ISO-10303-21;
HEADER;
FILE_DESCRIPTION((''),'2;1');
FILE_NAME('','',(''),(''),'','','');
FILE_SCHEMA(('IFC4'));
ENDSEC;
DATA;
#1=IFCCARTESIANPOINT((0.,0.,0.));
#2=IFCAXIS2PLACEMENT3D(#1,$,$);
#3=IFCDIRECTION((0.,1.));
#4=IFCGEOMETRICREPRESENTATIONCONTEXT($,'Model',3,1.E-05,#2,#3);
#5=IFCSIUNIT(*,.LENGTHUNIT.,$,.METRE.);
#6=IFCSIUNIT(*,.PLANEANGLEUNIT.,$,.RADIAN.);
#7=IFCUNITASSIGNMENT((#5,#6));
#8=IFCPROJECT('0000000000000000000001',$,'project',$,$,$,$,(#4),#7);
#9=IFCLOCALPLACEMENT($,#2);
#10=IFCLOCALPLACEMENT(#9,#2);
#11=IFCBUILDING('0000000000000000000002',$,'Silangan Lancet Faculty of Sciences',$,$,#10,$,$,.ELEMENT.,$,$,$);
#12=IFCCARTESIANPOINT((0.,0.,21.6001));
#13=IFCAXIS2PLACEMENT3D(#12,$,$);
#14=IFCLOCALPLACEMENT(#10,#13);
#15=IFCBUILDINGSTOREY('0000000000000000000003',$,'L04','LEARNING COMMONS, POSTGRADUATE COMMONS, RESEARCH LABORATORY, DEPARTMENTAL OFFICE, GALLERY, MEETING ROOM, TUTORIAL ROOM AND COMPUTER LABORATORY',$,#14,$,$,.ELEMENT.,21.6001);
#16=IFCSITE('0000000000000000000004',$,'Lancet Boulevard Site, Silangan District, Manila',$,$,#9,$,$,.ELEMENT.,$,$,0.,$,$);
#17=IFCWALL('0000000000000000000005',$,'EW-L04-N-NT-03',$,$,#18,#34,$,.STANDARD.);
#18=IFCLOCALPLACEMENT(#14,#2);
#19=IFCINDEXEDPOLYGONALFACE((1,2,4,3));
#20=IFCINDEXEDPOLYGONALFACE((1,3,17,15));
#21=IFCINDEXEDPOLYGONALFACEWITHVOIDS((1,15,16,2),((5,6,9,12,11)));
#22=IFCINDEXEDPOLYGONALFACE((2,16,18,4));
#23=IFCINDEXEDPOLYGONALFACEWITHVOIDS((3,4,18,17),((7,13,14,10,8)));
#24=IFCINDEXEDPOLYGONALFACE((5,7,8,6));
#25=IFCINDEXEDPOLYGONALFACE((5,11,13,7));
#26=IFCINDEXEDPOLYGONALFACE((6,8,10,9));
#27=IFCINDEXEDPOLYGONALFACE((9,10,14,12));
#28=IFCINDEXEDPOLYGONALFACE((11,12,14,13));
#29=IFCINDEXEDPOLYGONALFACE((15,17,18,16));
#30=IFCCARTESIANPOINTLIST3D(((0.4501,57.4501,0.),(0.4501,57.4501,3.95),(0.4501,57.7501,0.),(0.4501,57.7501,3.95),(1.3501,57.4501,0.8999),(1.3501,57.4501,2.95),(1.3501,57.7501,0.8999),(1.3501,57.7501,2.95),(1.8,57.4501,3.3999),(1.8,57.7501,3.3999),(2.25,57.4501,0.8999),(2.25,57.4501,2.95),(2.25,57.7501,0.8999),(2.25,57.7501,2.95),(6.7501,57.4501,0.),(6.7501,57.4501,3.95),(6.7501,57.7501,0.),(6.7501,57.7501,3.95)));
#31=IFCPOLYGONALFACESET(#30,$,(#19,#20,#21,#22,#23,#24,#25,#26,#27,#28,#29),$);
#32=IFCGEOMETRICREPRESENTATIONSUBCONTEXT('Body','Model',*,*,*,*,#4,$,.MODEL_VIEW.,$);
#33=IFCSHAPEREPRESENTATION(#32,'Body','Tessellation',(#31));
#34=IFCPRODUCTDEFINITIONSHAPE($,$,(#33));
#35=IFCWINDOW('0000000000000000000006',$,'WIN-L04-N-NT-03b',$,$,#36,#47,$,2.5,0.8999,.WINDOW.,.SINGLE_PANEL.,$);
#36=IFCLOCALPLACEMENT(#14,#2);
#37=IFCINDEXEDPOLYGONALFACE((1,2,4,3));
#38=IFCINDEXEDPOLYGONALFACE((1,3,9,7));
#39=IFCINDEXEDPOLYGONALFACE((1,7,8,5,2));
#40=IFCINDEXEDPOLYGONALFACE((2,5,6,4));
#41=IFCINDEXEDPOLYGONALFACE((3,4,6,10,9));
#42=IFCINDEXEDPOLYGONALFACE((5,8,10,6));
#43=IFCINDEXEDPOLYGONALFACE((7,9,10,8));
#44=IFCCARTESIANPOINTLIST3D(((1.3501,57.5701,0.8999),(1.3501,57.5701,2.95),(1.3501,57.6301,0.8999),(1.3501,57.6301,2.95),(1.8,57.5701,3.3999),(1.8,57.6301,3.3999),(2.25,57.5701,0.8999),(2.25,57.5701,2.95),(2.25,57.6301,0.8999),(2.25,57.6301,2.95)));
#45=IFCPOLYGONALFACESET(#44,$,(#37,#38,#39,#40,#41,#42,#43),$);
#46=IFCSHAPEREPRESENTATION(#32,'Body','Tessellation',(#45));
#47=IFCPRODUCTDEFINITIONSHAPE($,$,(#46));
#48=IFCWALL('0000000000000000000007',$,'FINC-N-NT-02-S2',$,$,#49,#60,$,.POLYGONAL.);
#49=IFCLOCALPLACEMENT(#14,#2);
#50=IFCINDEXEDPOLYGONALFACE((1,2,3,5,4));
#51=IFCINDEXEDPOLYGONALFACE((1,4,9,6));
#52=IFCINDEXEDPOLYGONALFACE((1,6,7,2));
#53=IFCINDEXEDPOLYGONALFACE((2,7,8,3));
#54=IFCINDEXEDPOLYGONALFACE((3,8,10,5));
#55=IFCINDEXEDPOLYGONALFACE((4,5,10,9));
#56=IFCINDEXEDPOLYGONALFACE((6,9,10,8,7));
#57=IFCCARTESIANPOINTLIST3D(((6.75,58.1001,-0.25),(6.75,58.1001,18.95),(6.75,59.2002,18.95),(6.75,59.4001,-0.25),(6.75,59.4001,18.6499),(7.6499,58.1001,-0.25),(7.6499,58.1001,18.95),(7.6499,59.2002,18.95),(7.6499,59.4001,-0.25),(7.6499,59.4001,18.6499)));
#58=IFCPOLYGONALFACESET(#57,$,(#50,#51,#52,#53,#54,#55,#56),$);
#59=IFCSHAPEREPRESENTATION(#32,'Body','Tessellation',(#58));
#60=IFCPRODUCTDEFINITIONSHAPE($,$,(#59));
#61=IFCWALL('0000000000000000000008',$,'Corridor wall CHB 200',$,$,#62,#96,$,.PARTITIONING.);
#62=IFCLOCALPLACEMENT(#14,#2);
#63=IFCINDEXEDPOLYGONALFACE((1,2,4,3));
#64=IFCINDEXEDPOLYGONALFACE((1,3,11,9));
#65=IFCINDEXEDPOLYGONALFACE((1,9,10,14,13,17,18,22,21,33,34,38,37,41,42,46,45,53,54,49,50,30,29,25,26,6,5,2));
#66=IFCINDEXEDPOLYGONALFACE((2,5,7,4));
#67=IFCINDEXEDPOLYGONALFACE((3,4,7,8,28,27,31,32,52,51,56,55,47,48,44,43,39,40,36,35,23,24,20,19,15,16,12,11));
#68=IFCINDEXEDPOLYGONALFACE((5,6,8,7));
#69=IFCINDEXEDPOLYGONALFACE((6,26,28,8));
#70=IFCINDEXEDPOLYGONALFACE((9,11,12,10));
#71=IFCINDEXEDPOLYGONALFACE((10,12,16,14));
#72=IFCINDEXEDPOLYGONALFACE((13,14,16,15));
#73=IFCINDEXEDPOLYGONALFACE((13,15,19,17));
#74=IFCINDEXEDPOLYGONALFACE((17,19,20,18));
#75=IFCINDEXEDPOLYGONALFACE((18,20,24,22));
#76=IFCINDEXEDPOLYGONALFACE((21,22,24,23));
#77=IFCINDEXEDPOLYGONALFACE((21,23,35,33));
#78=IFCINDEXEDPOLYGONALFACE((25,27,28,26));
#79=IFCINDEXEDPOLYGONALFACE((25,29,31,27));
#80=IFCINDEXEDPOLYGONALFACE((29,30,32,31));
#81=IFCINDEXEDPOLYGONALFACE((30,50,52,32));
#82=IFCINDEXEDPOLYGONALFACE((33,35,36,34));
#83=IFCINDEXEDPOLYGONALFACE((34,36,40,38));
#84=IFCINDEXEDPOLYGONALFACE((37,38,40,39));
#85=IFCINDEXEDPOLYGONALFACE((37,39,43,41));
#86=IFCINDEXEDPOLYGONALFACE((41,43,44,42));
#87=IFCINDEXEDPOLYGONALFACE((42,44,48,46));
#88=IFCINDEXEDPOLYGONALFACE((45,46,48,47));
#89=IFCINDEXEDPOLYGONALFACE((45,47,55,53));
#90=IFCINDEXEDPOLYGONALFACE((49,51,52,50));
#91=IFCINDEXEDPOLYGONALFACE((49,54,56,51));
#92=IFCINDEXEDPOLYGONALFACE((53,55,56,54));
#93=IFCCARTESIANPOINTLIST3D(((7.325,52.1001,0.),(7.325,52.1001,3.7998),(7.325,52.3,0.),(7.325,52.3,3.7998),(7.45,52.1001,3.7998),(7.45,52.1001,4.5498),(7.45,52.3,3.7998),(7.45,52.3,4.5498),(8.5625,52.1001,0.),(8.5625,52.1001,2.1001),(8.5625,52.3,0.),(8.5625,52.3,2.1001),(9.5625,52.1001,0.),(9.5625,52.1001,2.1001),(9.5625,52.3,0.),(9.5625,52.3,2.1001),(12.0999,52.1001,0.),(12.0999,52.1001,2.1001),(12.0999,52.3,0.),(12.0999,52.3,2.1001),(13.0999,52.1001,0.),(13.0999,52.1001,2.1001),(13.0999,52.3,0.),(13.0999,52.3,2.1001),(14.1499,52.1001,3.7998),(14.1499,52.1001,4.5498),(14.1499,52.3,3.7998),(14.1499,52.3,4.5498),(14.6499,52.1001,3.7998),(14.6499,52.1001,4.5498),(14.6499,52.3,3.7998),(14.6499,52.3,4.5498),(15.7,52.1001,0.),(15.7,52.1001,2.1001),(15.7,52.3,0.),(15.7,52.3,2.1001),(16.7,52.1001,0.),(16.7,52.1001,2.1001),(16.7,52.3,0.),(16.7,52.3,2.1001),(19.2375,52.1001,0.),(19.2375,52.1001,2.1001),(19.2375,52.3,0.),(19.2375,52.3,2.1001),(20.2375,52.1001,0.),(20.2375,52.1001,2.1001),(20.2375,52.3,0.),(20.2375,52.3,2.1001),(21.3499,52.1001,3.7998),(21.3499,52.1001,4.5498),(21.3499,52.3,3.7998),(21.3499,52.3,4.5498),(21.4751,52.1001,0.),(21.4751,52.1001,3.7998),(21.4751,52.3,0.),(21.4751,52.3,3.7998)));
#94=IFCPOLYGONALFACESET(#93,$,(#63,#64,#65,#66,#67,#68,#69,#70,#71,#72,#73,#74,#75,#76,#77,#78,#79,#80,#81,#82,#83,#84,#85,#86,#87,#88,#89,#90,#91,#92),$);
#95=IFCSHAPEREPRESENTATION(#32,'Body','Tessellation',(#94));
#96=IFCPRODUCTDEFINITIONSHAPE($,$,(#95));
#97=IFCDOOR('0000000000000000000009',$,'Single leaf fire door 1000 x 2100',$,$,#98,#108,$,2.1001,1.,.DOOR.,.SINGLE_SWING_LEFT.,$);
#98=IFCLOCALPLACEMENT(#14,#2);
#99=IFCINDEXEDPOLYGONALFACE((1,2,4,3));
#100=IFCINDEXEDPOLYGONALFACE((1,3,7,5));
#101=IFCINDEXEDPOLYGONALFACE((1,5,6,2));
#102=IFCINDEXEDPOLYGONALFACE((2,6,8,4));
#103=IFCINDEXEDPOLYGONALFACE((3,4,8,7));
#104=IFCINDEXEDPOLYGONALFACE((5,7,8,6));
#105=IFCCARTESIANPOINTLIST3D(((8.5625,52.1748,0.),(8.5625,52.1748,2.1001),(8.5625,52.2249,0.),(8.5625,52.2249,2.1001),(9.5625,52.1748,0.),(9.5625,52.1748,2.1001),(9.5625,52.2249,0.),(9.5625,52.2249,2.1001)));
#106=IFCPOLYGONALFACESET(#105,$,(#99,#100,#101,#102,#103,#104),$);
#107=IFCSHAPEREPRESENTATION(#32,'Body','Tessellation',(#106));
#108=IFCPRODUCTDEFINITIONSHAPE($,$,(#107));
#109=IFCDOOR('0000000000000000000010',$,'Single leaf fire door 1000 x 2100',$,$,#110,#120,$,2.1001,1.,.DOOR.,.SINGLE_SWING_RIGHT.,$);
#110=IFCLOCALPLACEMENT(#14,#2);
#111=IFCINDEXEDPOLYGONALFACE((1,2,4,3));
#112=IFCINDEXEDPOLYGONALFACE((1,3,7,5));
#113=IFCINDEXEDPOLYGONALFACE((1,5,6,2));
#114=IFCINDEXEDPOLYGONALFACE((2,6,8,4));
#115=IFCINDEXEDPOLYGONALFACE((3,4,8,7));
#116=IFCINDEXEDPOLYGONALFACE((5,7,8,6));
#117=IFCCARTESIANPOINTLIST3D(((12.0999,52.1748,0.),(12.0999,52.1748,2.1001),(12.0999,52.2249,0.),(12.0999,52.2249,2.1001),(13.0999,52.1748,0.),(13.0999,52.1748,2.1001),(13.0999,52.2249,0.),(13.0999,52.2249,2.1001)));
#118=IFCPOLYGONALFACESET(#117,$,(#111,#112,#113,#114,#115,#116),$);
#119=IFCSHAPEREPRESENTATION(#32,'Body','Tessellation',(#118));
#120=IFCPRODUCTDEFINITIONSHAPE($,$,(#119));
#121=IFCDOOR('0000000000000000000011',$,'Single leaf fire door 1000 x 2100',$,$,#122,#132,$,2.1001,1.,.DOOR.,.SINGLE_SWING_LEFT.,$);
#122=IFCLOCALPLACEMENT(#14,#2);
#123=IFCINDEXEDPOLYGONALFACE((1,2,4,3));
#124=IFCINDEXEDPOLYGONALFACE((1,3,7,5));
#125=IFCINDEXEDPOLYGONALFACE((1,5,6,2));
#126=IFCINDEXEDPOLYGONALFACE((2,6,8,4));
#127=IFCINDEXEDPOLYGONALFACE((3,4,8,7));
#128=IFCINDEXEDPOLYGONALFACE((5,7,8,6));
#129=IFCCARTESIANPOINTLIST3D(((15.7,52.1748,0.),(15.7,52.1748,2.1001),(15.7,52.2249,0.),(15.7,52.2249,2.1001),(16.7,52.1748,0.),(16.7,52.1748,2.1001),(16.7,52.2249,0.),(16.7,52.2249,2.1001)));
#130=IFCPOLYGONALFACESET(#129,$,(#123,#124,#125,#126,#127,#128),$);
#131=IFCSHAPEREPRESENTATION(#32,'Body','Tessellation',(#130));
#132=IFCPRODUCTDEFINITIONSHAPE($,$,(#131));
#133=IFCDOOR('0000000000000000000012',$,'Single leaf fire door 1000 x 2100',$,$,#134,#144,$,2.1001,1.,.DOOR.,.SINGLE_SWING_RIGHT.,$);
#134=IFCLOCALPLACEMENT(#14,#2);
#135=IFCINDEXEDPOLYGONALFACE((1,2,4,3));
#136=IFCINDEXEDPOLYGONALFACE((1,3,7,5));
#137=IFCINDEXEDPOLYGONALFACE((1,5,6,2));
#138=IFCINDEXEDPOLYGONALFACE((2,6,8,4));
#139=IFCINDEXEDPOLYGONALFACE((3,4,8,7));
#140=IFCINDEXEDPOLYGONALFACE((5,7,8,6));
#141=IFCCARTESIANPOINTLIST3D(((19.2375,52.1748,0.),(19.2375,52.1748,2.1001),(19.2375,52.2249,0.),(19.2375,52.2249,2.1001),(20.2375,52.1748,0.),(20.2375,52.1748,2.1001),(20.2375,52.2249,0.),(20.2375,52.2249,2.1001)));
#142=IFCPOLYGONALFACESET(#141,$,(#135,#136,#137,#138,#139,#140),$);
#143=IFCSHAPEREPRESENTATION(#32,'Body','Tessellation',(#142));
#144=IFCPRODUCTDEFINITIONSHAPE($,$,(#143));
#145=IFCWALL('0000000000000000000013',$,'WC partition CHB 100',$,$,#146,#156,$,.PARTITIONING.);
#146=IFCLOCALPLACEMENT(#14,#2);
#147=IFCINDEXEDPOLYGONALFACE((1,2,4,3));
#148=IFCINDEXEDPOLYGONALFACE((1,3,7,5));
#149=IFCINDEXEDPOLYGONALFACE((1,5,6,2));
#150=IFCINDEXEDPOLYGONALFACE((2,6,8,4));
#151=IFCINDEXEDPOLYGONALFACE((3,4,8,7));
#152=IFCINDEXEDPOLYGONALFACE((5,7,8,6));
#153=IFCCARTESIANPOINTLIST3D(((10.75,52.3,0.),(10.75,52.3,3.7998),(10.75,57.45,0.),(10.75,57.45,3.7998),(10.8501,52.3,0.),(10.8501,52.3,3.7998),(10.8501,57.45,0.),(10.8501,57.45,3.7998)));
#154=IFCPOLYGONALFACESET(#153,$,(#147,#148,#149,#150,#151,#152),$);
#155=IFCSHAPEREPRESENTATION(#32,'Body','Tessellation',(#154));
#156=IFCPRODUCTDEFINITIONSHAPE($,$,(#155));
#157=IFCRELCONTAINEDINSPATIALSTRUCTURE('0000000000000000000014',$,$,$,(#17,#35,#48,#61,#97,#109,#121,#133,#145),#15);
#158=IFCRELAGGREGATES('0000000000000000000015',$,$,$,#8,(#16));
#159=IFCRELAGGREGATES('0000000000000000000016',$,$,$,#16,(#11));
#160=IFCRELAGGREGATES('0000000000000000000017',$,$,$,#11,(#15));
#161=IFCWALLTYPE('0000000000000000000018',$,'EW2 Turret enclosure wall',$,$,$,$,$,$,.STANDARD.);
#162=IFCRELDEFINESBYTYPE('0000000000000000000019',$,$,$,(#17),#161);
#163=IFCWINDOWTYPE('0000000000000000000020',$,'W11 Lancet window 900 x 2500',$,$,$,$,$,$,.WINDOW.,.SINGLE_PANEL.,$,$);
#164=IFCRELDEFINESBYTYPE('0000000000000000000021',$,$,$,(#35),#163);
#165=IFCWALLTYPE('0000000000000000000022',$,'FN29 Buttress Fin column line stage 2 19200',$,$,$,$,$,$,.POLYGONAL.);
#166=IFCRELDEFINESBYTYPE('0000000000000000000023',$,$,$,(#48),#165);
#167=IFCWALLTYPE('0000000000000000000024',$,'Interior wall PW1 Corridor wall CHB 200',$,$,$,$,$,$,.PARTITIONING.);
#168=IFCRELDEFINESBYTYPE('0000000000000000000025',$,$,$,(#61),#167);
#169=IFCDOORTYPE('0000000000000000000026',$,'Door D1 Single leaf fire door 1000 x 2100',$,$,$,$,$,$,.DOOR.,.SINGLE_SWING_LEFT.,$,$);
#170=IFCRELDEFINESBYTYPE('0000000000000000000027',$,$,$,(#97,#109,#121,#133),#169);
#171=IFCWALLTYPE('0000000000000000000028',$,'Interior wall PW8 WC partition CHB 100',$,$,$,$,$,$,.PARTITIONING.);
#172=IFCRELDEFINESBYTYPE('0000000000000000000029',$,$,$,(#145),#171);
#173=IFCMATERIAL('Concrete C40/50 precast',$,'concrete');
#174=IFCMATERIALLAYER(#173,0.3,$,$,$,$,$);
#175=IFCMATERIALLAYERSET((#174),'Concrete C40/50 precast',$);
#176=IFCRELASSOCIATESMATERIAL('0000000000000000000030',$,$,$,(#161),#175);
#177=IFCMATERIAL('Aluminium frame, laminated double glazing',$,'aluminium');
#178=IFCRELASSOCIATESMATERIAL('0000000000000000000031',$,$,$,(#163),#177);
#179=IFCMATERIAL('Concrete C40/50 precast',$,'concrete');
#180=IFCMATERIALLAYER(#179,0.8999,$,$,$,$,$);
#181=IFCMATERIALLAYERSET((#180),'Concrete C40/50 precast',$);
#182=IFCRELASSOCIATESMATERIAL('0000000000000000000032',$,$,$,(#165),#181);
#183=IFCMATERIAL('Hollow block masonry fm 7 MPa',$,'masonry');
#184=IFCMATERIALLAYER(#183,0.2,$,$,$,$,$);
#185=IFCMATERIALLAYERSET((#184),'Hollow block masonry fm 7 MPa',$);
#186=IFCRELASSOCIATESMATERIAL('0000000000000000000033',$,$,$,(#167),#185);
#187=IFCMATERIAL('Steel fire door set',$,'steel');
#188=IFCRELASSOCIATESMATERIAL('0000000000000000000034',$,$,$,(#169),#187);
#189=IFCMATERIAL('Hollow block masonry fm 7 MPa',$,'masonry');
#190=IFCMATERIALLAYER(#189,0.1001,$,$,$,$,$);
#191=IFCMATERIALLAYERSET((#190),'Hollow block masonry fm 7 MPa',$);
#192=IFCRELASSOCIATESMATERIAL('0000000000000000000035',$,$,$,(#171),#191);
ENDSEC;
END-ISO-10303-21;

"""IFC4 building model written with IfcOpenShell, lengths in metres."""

from ifc_helpers import new_model, si_unit, direction, frame, frame_2d, origin, place, context, subcontext, project, spatial, polyline, rectangle, outline, extrude, material, layer, layer_set, type_object, element, fill, save


model = new_model("IFC4")

# Units and contexts
model_context = context("Model", 3, precision=1e-05, world=origin(), true_north=direction((0.0, 1.0)))
body_context = subcontext(model_context, "Body", "Model", "MODEL_VIEW")
ifc_project = project(units=[si_unit("LENGTHUNIT", "METRE"), si_unit("PLANEANGLEUNIT", "RADIAN")], contexts=[model_context])

# Site, building, storey
site_placement = place(None, origin())
site = spatial("IfcSite", under=ifc_project, at=site_placement, Name="Lancet Boulevard Site, Silangan District, Manila", CompositionType="ELEMENT", RefElevation=0.0)
building_placement = place(site_placement, origin())
building = spatial("IfcBuilding", under=site, at=building_placement, Name="Silangan Lancet Faculty of Sciences", CompositionType="ELEMENT")
storey_placement = place(building_placement, frame((0.0, 0.0, 21.6001)))
storey = spatial("IfcBuildingStorey", under=building, at=storey_placement, Name="L04", Description="LEARNING COMMONS, POSTGRADUATE COMMONS, RESEARCH LABORATORY, DEPARTMENTAL OFFICE, GALLERY, MEETING ROOM, TUTORIAL ROOM AND COMPUTER LABORATORY", CompositionType="ELEMENT", Elevation=21.6001)

# Wall, opening, window
ifc_material_1 = material(Name="Concrete C40/50 precast", Category="concrete")
ifc_layer_1 = layer(ifc_material_1, 0.3)
ifc_layer_set_1 = layer_set([ifc_layer_1], Name="Concrete C40/50 precast")
wall_type_1 = type_object("IfcWallType", Name="EW2 Turret enclosure wall", PredefinedType="STANDARD", material=ifc_layer_set_1)
wall_1_placement = place(storey_placement, frame((6.75, 57.6001, 0.0), z_axis=(0.0, 0.0, 1.0), x_axis=(-1.0, 0.0, 0.0)))
wall_1 = element("IfcWall", 1, at=wall_1_placement, inside=storey, type_object=wall_type_1, Name="EW-L04-N-NT-03", PredefinedType="STANDARD", context=body_context, shape_type="SweptSolid", body=[
    extrude(rectangle(XDim=6.3, YDim=0.3, at=frame_2d((3.1499, 0.0))), origin(), (0.0, 0.0, 1.0), 3.95),
])
opening_1_placement = place(wall_1_placement, frame((4.5, 0.0, 0.8999)))
opening_1 = element("IfcOpeningElement", 2, at=opening_1_placement, cuts=wall_1, PredefinedType="OPENING", context=body_context, shape_type="SweptSolid", body=[
    extrude(outline(polyline([(0.0, 0.0), (0.8999, 0.0), (0.8999, 2.05), (0.45, 2.5), (0.0, 2.05), (0.0, 0.0)])), frame((0.0, 0.1599, 0.0), z_axis=(0.0, -1.0, 0.0), x_axis=(1.0, 0.0, 0.0)), (0.0, 0.0, 1.0), 0.3201),
])
ifc_material_2 = material(Name="Aluminium frame, laminated double glazing", Category="aluminium")
window_type_1 = type_object("IfcWindowType", Name="W11 Lancet window 900 x 2500", PartitioningType="SINGLE_PANEL", PredefinedType="WINDOW", material=ifc_material_2)
window_1_placement = place(opening_1_placement, origin())
window_1 = element("IfcWindow", 3, at=window_1_placement, inside=storey, type_object=window_type_1, Name="WIN-L04-N-NT-03b", OverallHeight=2.5, OverallWidth=0.8999, PartitioningType="SINGLE_PANEL", PredefinedType="WINDOW", context=body_context, shape_type="SweptSolid", body=[
    extrude(outline(polyline([(0.0, 0.0), (0.8999, 0.0), (0.8999, 2.05), (0.45, 2.5), (0.0, 2.05), (0.0, 0.0)])), frame((0.0, 0.03, 0.0), z_axis=(0.0, -1.0, 0.0), x_axis=(1.0, 0.0, 0.0)), (0.0, 0.0, 1.0), 0.0601),
])
fill(opening_1, window_1)

# Wall
ifc_material_3 = material(Name="Concrete C40/50 precast", Category="concrete")
ifc_layer_2 = layer(ifc_material_3, 0.8999)
ifc_layer_set_2 = layer_set([ifc_layer_2], Name="Concrete C40/50 precast")
wall_type_2 = type_object("IfcWallType", Name="FN29 Buttress Fin column line stage 2 19200", PredefinedType="POLYGONAL", material=ifc_layer_set_2)
wall_2_placement = place(storey_placement, frame((7.2, 58.1001, -0.25), z_axis=(0.0, 0.0, 1.0), x_axis=(0.0, 1.0, 0.0)))
element("IfcWall", 4, at=wall_2_placement, inside=storey, type_object=wall_type_2, Name="FINC-N-NT-02-S2", PredefinedType="POLYGONAL", context=body_context, shape_type="SweptSolid", body=[
    extrude(outline(polyline([(1.3, 0.0), (1.3, 18.8999), (1.1001, 19.2), (0.0, 19.2), (0.0, 0.0), (1.3, 0.0)])), frame((0.0, 0.45, 0.0), z_axis=(0.0, -1.0, 0.0), x_axis=(1.0, 0.0, 0.0)), (0.0, 0.0, 1.0), 0.8999),
])

# Wall, openings, doors
ifc_material_4 = material(Name="Hollow block masonry fm 7 MPa", Category="masonry")
ifc_layer_3 = layer(ifc_material_4, 0.2)
ifc_layer_set_3 = layer_set([ifc_layer_3], Name="Hollow block masonry fm 7 MPa")
wall_type_3 = type_object("IfcWallType", Name="Interior wall PW1 Corridor wall CHB 200", PredefinedType="PARTITIONING", material=ifc_layer_set_3)
wall_3_placement = place(storey_placement, frame((7.325, 52.2, 0.0), z_axis=(0.0, 0.0, 1.0), x_axis=(1.0, 0.0, 0.0)))
wall_3 = element("IfcWall", 5, at=wall_3_placement, inside=storey, type_object=wall_type_3, Name="Corridor wall CHB 200", PredefinedType="PARTITIONING", context=body_context, shape_type="SweptSolid", body=[
    extrude(outline(polyline([(0.0, 0.0), (14.1501, 0.0), (14.1501, 3.7998), (14.0249, 3.7998), (14.0249, 4.5498), (7.325, 4.5498), (7.325, 3.7998), (6.825, 3.7998), (6.825, 4.5498), (0.125, 4.5498), (0.125, 3.7998), (0.0, 3.7998), (0.0, 0.0)])), frame((0.0, 0.1001, 0.0), z_axis=(0.0, -1.0, 0.0), x_axis=(1.0, 0.0, 0.0)), (0.0, 0.0, 1.0), 0.2),
])
opening_2_placement = place(wall_3_placement, frame((1.2375, 0.0, 0.0)))
opening_2 = element("IfcOpeningElement", 6, at=opening_2_placement, cuts=wall_3, PredefinedType="OPENING", context=body_context, shape_type="SweptSolid", body=[
    extrude(rectangle(XDim=1.0, YDim=2.1001, at=frame_2d((0.5, 1.05))), frame((0.0, 0.1099, 0.0), z_axis=(0.0, -1.0, 0.0), x_axis=(1.0, 0.0, 0.0)), (0.0, 0.0, 1.0), 0.22),
])
opening_3_placement = place(wall_3_placement, frame((4.7749, 0.0, 0.0)))
opening_3 = element("IfcOpeningElement", 7, at=opening_3_placement, cuts=wall_3, PredefinedType="OPENING", context=body_context, shape_type="SweptSolid", body=[
    extrude(rectangle(XDim=1.0, YDim=2.1001, at=frame_2d((0.5, 1.05))), frame((0.0, 0.1099, 0.0), z_axis=(0.0, -1.0, 0.0), x_axis=(1.0, 0.0, 0.0)), (0.0, 0.0, 1.0), 0.22),
])
opening_4_placement = place(wall_3_placement, frame((8.375, 0.0, 0.0)))
opening_4 = element("IfcOpeningElement", 8, at=opening_4_placement, cuts=wall_3, PredefinedType="OPENING", context=body_context, shape_type="SweptSolid", body=[
    extrude(rectangle(XDim=1.0, YDim=2.1001, at=frame_2d((0.5, 1.05))), frame((0.0, 0.1099, 0.0), z_axis=(0.0, -1.0, 0.0), x_axis=(1.0, 0.0, 0.0)), (0.0, 0.0, 1.0), 0.22),
])
opening_5_placement = place(wall_3_placement, frame((11.9126, 0.0, 0.0)))
opening_5 = element("IfcOpeningElement", 9, at=opening_5_placement, cuts=wall_3, PredefinedType="OPENING", context=body_context, shape_type="SweptSolid", body=[
    extrude(rectangle(XDim=1.0, YDim=2.1001, at=frame_2d((0.5, 1.05))), frame((0.0, 0.1099, 0.0), z_axis=(0.0, -1.0, 0.0), x_axis=(1.0, 0.0, 0.0)), (0.0, 0.0, 1.0), 0.22),
])
ifc_material_5 = material(Name="Steel fire door set", Category="steel")
door_type_1 = type_object("IfcDoorType", Name="Door D1 Single leaf fire door 1000 x 2100", OperationType="SINGLE_SWING_LEFT", PredefinedType="DOOR", material=ifc_material_5)
door_1_placement = place(opening_2_placement, origin())
door_1 = element("IfcDoor", 10, at=door_1_placement, inside=storey, type_object=door_type_1, Name="Single leaf fire door 1000 x 2100", OperationType="SINGLE_SWING_LEFT", OverallHeight=2.1001, OverallWidth=1.0, PredefinedType="DOOR", context=body_context, shape_type="SweptSolid", body=[
    extrude(rectangle(XDim=1.0, YDim=2.1001, at=frame_2d((0.5, 1.05))), frame((0.0, 0.0249, 0.0), z_axis=(0.0, -1.0, 0.0), x_axis=(1.0, 0.0, 0.0)), (0.0, 0.0, 1.0), 0.05),
])
fill(opening_2, door_1)
door_2_placement = place(opening_3_placement, origin())
door_2 = element("IfcDoor", 11, at=door_2_placement, inside=storey, type_object=door_type_1, Name="Single leaf fire door 1000 x 2100", OperationType="SINGLE_SWING_RIGHT", OverallHeight=2.1001, OverallWidth=1.0, PredefinedType="DOOR", context=body_context, shape_type="SweptSolid", body=[
    extrude(rectangle(XDim=1.0, YDim=2.1001, at=frame_2d((0.5, 1.05))), frame((0.0, 0.0249, 0.0), z_axis=(0.0, -1.0, 0.0), x_axis=(1.0, 0.0, 0.0)), (0.0, 0.0, 1.0), 0.05),
])
fill(opening_3, door_2)
door_3_placement = place(opening_4_placement, origin())
door_3 = element("IfcDoor", 12, at=door_3_placement, inside=storey, type_object=door_type_1, Name="Single leaf fire door 1000 x 2100", OperationType="SINGLE_SWING_LEFT", OverallHeight=2.1001, OverallWidth=1.0, PredefinedType="DOOR", context=body_context, shape_type="SweptSolid", body=[
    extrude(rectangle(XDim=1.0, YDim=2.1001, at=frame_2d((0.5, 1.05))), frame((0.0, 0.0249, 0.0), z_axis=(0.0, -1.0, 0.0), x_axis=(1.0, 0.0, 0.0)), (0.0, 0.0, 1.0), 0.05),
])
fill(opening_4, door_3)
door_4_placement = place(opening_5_placement, origin())
door_4 = element("IfcDoor", 13, at=door_4_placement, inside=storey, type_object=door_type_1, Name="Single leaf fire door 1000 x 2100", OperationType="SINGLE_SWING_RIGHT", OverallHeight=2.1001, OverallWidth=1.0, PredefinedType="DOOR", context=body_context, shape_type="SweptSolid", body=[
    extrude(rectangle(XDim=1.0, YDim=2.1001, at=frame_2d((0.5, 1.05))), frame((0.0, 0.0249, 0.0), z_axis=(0.0, -1.0, 0.0), x_axis=(1.0, 0.0, 0.0)), (0.0, 0.0, 1.0), 0.05),
])
fill(opening_5, door_4)

# Wall
ifc_material_6 = material(Name="Hollow block masonry fm 7 MPa", Category="masonry")
ifc_layer_4 = layer(ifc_material_6, 0.1001)
ifc_layer_set_4 = layer_set([ifc_layer_4], Name="Hollow block masonry fm 7 MPa")
wall_type_4 = type_object("IfcWallType", Name="Interior wall PW8 WC partition CHB 100", PredefinedType="PARTITIONING", material=ifc_layer_set_4)
wall_4_placement = place(storey_placement, frame((10.8, 52.3, 0.0), z_axis=(0.0, 0.0, 1.0), x_axis=(0.0, 1.0, 0.0)))
element("IfcWall", 14, at=wall_4_placement, inside=storey, type_object=wall_type_4, Name="WC partition CHB 100", PredefinedType="PARTITIONING", context=body_context, shape_type="SweptSolid", body=[
    extrude(rectangle(XDim=5.1499, YDim=0.1001, at=frame_2d((2.575, 0.0))), origin(), (0.0, 0.0, 1.0), 3.7998),
])

save(model, "model.ifc")
